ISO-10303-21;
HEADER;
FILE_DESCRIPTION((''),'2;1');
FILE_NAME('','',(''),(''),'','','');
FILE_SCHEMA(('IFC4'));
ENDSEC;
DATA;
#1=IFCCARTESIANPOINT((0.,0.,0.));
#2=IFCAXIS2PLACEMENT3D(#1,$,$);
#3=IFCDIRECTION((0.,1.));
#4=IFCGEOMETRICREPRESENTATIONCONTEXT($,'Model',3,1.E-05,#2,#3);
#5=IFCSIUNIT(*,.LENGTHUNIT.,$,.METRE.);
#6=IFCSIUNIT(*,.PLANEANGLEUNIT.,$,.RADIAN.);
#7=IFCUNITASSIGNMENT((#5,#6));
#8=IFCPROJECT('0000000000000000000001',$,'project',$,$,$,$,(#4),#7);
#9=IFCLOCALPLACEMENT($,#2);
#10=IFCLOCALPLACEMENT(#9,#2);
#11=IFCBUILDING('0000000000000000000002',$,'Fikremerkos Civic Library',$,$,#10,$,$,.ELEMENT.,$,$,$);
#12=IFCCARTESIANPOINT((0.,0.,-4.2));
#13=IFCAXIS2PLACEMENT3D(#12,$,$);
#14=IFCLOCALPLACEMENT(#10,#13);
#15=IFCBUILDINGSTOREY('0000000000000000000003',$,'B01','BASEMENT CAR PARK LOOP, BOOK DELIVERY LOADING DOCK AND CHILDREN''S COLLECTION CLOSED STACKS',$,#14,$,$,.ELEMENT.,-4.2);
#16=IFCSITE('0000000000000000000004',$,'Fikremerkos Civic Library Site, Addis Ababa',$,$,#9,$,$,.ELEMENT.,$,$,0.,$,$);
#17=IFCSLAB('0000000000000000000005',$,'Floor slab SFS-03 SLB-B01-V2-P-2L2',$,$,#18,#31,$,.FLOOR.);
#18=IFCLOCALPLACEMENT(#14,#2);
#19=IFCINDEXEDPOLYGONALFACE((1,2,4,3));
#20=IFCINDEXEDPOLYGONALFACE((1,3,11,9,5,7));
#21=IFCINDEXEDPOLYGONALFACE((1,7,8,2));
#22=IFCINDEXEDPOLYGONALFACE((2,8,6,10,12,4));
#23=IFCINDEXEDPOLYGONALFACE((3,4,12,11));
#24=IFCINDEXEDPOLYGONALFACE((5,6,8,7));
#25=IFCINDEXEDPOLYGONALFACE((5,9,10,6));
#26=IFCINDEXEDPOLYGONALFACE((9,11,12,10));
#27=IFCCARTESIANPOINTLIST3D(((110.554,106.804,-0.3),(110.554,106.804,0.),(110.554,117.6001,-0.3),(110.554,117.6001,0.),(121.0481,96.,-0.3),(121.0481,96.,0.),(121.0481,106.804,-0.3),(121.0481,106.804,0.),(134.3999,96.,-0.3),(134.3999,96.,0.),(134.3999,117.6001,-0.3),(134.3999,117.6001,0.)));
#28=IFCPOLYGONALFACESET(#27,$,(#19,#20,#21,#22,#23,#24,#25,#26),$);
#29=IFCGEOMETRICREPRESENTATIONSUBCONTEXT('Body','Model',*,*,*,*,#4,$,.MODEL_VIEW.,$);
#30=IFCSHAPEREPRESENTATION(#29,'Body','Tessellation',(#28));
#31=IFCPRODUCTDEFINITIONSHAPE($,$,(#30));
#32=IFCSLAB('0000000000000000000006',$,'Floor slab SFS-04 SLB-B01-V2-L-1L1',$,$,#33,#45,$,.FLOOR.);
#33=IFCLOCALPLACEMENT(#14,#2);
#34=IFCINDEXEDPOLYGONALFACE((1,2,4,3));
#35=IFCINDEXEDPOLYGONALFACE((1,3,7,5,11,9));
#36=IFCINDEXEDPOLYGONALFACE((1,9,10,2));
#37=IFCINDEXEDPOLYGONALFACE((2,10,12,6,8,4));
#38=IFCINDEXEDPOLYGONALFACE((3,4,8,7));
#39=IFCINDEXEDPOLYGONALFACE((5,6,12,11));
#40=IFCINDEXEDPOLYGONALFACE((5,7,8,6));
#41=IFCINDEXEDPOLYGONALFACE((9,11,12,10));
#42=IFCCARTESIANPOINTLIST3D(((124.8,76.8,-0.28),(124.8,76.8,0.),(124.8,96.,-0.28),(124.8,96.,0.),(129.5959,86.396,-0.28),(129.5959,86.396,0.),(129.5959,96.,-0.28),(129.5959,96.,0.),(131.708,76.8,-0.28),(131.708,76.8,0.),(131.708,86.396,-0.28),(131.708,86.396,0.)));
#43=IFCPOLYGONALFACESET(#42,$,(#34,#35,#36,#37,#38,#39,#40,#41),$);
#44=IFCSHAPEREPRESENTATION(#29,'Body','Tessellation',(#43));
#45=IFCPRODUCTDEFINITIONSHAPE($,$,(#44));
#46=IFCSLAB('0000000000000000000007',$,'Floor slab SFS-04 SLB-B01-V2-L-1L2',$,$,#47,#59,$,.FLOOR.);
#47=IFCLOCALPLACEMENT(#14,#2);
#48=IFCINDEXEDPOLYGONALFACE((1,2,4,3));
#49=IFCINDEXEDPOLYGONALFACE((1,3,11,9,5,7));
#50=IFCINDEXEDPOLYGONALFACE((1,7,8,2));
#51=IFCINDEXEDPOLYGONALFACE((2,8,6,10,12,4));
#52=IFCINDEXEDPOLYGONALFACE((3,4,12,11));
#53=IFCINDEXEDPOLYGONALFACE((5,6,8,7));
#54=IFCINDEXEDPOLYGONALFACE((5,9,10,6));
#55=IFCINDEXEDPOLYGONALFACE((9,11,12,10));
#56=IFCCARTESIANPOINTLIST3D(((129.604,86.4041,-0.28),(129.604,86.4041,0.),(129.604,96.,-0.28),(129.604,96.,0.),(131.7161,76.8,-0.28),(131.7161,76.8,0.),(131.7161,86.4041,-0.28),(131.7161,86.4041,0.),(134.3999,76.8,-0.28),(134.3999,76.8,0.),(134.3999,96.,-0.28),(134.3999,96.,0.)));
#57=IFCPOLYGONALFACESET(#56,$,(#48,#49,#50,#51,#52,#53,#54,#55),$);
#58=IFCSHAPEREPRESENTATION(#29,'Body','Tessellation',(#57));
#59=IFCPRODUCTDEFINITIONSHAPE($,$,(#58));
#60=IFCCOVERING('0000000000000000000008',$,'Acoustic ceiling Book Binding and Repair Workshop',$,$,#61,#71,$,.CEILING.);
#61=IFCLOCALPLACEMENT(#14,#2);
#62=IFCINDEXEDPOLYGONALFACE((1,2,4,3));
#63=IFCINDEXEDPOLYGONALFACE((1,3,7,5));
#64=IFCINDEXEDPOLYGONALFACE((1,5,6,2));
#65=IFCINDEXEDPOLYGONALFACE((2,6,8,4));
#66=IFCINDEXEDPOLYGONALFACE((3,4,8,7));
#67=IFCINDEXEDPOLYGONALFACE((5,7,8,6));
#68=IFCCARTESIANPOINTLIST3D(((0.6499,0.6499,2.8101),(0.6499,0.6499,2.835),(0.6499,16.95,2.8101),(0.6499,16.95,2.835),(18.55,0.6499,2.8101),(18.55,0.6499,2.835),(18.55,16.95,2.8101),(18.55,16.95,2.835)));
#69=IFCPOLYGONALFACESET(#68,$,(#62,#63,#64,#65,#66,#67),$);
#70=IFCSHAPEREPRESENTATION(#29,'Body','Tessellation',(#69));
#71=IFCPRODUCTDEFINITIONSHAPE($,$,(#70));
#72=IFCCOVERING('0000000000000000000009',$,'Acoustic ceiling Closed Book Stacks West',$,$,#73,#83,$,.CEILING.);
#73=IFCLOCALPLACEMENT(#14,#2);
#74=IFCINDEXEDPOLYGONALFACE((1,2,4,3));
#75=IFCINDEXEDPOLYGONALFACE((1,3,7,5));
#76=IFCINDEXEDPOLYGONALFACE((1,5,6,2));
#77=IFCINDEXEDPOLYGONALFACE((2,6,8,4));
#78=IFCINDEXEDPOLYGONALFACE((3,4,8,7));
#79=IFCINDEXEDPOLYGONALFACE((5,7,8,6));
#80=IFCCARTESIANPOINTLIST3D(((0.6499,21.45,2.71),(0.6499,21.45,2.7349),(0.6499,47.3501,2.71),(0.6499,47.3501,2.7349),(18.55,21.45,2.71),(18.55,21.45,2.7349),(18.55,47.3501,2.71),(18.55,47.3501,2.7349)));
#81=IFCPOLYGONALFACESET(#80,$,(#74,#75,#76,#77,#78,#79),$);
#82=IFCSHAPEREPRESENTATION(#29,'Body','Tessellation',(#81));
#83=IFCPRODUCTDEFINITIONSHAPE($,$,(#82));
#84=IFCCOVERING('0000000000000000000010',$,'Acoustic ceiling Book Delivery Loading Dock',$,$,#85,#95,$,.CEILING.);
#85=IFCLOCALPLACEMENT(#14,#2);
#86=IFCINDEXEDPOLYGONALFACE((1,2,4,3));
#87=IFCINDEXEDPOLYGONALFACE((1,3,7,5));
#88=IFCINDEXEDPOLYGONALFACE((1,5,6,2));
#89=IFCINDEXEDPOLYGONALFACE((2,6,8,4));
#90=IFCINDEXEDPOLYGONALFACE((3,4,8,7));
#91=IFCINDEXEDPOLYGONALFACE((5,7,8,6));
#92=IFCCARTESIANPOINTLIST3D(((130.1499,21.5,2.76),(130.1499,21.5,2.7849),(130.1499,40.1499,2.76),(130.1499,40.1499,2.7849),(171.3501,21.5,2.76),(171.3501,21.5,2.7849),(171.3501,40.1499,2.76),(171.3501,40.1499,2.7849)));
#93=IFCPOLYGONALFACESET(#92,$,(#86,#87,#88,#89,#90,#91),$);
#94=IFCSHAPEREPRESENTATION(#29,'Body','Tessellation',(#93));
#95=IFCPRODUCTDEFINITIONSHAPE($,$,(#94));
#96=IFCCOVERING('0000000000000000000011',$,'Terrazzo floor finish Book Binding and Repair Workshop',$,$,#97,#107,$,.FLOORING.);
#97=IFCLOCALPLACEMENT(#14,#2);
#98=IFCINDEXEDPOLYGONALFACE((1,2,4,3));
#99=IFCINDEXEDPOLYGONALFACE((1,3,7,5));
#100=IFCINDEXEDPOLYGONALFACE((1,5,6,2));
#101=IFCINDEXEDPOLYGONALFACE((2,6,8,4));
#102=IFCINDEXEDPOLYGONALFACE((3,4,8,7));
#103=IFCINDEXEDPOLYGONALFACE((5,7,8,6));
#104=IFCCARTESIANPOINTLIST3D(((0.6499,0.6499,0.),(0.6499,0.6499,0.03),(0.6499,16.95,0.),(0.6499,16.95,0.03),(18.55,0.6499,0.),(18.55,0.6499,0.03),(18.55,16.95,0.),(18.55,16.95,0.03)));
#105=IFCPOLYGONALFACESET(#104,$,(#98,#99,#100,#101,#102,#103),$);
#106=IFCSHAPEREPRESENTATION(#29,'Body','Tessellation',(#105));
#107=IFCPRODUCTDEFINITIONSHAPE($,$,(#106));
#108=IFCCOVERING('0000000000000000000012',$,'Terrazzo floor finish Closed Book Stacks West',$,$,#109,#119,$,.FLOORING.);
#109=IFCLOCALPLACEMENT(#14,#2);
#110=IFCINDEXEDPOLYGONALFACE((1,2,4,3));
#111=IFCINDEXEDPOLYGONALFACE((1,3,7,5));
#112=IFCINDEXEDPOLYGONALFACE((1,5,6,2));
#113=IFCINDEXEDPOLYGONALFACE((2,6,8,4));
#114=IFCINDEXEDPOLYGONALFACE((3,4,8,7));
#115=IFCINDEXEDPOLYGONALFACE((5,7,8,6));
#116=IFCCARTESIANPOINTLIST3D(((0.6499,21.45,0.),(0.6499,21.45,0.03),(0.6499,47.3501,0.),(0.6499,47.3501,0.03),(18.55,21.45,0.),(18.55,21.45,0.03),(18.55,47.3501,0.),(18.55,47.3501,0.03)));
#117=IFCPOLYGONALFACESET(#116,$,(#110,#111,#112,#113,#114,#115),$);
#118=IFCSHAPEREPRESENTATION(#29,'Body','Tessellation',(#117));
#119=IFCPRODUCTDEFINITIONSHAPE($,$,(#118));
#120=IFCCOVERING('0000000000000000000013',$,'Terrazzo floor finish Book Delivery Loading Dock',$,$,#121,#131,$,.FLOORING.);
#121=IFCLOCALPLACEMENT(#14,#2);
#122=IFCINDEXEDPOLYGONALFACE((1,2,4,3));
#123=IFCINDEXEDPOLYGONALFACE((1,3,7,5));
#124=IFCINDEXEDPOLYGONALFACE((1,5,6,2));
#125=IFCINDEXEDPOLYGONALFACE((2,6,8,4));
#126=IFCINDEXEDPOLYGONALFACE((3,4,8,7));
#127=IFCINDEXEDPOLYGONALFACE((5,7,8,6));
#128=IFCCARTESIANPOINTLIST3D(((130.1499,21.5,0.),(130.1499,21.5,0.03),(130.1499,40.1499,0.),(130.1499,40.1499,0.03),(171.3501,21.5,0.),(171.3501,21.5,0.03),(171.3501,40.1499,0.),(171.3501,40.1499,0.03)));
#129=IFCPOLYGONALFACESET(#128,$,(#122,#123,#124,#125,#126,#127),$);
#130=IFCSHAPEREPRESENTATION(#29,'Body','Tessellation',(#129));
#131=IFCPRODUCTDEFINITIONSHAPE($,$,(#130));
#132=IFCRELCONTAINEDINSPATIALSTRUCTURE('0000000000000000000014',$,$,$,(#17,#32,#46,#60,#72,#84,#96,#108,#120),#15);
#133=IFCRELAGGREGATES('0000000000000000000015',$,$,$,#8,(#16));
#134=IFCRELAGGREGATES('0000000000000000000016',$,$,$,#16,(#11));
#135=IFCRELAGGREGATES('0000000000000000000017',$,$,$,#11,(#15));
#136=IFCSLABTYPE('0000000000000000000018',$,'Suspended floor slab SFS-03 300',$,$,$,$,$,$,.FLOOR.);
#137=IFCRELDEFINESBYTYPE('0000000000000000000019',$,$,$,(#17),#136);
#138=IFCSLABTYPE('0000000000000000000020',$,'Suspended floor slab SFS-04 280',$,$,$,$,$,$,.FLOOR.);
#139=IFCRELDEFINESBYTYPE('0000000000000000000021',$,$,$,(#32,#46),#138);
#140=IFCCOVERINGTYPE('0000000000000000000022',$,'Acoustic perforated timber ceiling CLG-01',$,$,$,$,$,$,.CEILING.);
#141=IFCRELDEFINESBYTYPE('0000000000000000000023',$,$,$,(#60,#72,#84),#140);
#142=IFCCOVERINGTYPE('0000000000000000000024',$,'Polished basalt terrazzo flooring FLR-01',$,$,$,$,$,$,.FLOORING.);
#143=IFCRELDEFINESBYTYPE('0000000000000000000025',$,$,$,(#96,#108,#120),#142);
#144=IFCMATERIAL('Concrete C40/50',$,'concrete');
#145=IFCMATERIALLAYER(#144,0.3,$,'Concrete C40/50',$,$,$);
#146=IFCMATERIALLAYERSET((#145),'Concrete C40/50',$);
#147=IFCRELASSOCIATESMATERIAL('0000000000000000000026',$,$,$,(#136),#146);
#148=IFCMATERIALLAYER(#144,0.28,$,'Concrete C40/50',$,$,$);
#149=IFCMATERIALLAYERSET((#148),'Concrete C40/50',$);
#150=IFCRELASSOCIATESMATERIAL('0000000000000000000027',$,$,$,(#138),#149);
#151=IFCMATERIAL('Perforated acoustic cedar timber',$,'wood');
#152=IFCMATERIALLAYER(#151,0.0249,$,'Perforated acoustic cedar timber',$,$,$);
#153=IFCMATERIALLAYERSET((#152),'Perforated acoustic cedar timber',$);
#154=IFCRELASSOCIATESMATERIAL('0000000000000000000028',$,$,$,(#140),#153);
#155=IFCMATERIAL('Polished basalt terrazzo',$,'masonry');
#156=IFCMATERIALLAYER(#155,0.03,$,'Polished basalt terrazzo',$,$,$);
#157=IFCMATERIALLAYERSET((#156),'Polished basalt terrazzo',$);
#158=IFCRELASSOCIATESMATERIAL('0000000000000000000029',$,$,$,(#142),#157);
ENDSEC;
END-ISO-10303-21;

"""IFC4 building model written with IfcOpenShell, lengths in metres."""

from ifc_helpers import new_model, si_unit, direction, frame, origin, place, context, subcontext, project, spatial, polyline, outline, extrude, material, layer, layer_set, type_object, element, save


model = new_model("IFC4")

# Units and contexts
model_context = context("Model", 3, precision=1e-05, world=origin(), true_north=direction((0.0, 1.0)))
body_context = subcontext(model_context, "Body", "Model", "MODEL_VIEW")
ifc_project = project(units=[si_unit("LENGTHUNIT", "METRE"), si_unit("PLANEANGLEUNIT", "RADIAN")], contexts=[model_context])

# Site, building, storey
site_placement = place(None, origin())
site = spatial("IfcSite", under=ifc_project, at=site_placement, Name="Fikremerkos Civic Library Site, Addis Ababa", CompositionType="ELEMENT", RefElevation=0.0)
building_placement = place(site_placement, origin())
building = spatial("IfcBuilding", under=site, at=building_placement, Name="Fikremerkos Civic Library", CompositionType="ELEMENT")
storey_placement = place(building_placement, frame((0.0, 0.0, -4.2)))
storey = spatial("IfcBuildingStorey", under=building, at=storey_placement, Name="B01", Description="BASEMENT CAR PARK LOOP, BOOK DELIVERY LOADING DOCK AND CHILDREN'S COLLECTION CLOSED STACKS", CompositionType="ELEMENT", Elevation=-4.2)

# Shared definitions
ifc_material_1 = material(Name="Concrete C40/50", Category="concrete")

# Slabs
ifc_layer_1 = layer(ifc_material_1, 0.3, Name="Concrete C40/50")
ifc_layer_set_1 = layer_set([ifc_layer_1], Name="Concrete C40/50")
slab_type_1 = type_object("IfcSlabType", Name="Suspended floor slab SFS-03 300", PredefinedType="FLOOR", material=ifc_layer_set_1)
slab_1_placement = place(storey_placement, frame((0.0, 0.0, -0.3)))
element("IfcSlab", 1, at=slab_1_placement, inside=storey, type_object=slab_type_1, Name="Floor slab SFS-03 SLB-B01-V2-P-2L2", PredefinedType="FLOOR", context=body_context, shape_type="SweptSolid", body=[
    extrude(outline(polyline([(121.0481, 96.0), (134.3999, 96.0), (134.3999, 117.6001), (110.554, 117.6001), (110.554, 106.804), (121.0481, 106.804), (121.0481, 96.0)])), origin(), (0.0, 0.0, 1.0), 0.3),
])
ifc_layer_2 = layer(ifc_material_1, 0.28, Name="Concrete C40/50")
ifc_layer_set_2 = layer_set([ifc_layer_2], Name="Concrete C40/50")
slab_type_2 = type_object("IfcSlabType", Name="Suspended floor slab SFS-04 280", PredefinedType="FLOOR", material=ifc_layer_set_2)
slab_2_placement = place(storey_placement, frame((0.0, 0.0, -0.28)))
element("IfcSlab", 2, at=slab_2_placement, inside=storey, type_object=slab_type_2, Name="Floor slab SFS-04 SLB-B01-V2-L-1L1", PredefinedType="FLOOR", context=body_context, shape_type="SweptSolid", body=[
    extrude(outline(polyline([(124.8, 76.8), (131.708, 76.8), (131.708, 86.396), (129.5959, 86.396), (129.5959, 96.0), (124.8, 96.0), (124.8, 76.8)])), origin(), (0.0, 0.0, 1.0), 0.28),
])
slab_3_placement = place(storey_placement, frame((0.0, 0.0, -0.28)))
element("IfcSlab", 3, at=slab_3_placement, inside=storey, type_object=slab_type_2, Name="Floor slab SFS-04 SLB-B01-V2-L-1L2", PredefinedType="FLOOR", context=body_context, shape_type="SweptSolid", body=[
    extrude(outline(polyline([(131.7161, 76.8), (134.3999, 76.8), (134.3999, 96.0), (129.604, 96.0), (129.604, 86.4041), (131.7161, 86.4041), (131.7161, 76.8)])), origin(), (0.0, 0.0, 1.0), 0.28),
])

# Coverings
ifc_material_2 = material(Name="Perforated acoustic cedar timber", Category="wood")
ifc_layer_3 = layer(ifc_material_2, 0.0249, Name="Perforated acoustic cedar timber")
ifc_layer_set_3 = layer_set([ifc_layer_3], Name="Perforated acoustic cedar timber")
covering_type_1 = type_object("IfcCoveringType", Name="Acoustic perforated timber ceiling CLG-01", PredefinedType="CEILING", material=ifc_layer_set_3)
covering_1_placement = place(storey_placement, frame((0.0, 0.0, 2.8101)))
element("IfcCovering", 4, at=covering_1_placement, inside=storey, type_object=covering_type_1, Name="Acoustic ceiling Book Binding and Repair Workshop", PredefinedType="CEILING", context=body_context, shape_type="SweptSolid", body=[
    extrude(outline(polyline([(0.6499, 0.6499), (0.6499, 16.95), (18.55, 16.95), (18.55, 0.6499), (0.6499, 0.6499)])), origin(), (0.0, 0.0, 1.0), 0.0249),
])
covering_2_placement = place(storey_placement, frame((0.0, 0.0, 2.71)))
element("IfcCovering", 5, at=covering_2_placement, inside=storey, type_object=covering_type_1, Name="Acoustic ceiling Closed Book Stacks West", PredefinedType="CEILING", context=body_context, shape_type="SweptSolid", body=[
    extrude(outline(polyline([(0.6499, 21.45), (0.6499, 47.3501), (18.55, 47.3501), (18.55, 21.45), (0.6499, 21.45)])), origin(), (0.0, 0.0, 1.0), 0.0249),
])
covering_3_placement = place(storey_placement, frame((0.0, 0.0, 2.76)))
element("IfcCovering", 6, at=covering_3_placement, inside=storey, type_object=covering_type_1, Name="Acoustic ceiling Book Delivery Loading Dock", PredefinedType="CEILING", context=body_context, shape_type="SweptSolid", body=[
    extrude(outline(polyline([(130.1499, 21.5), (130.1499, 40.1499), (171.3501, 40.1499), (171.3501, 21.5), (130.1499, 21.5)])), origin(), (0.0, 0.0, 1.0), 0.0249),
])
ifc_material_3 = material(Name="Polished basalt terrazzo", Category="masonry")
ifc_layer_4 = layer(ifc_material_3, 0.03, Name="Polished basalt terrazzo")
ifc_layer_set_4 = layer_set([ifc_layer_4], Name="Polished basalt terrazzo")
covering_type_2 = type_object("IfcCoveringType", Name="Polished basalt terrazzo flooring FLR-01", PredefinedType="FLOORING", material=ifc_layer_set_4)
covering_4_placement = place(storey_placement, origin())
element("IfcCovering", 7, at=covering_4_placement, inside=storey, type_object=covering_type_2, Name="Terrazzo floor finish Book Binding and Repair Workshop", PredefinedType="FLOORING", context=body_context, shape_type="SweptSolid", body=[
    extrude(outline(polyline([(0.6499, 0.6499), (0.6499, 16.95), (18.55, 16.95), (18.55, 0.6499), (0.6499, 0.6499)])), origin(), (0.0, 0.0, 1.0), 0.03),
])
covering_5_placement = place(storey_placement, origin())
element("IfcCovering", 8, at=covering_5_placement, inside=storey, type_object=covering_type_2, Name="Terrazzo floor finish Closed Book Stacks West", PredefinedType="FLOORING", context=body_context, shape_type="SweptSolid", body=[
    extrude(outline(polyline([(0.6499, 21.45), (0.6499, 47.3501), (18.55, 47.3501), (18.55, 21.45), (0.6499, 21.45)])), origin(), (0.0, 0.0, 1.0), 0.03),
])
covering_6_placement = place(storey_placement, origin())
element("IfcCovering", 9, at=covering_6_placement, inside=storey, type_object=covering_type_2, Name="Terrazzo floor finish Book Delivery Loading Dock", PredefinedType="FLOORING", context=body_context, shape_type="SweptSolid", body=[
    extrude(outline(polyline([(130.1499, 21.5), (130.1499, 40.1499), (171.3501, 40.1499), (171.3501, 21.5), (130.1499, 21.5)])), origin(), (0.0, 0.0, 1.0), 0.03),
])

save(model, "model.ifc")
